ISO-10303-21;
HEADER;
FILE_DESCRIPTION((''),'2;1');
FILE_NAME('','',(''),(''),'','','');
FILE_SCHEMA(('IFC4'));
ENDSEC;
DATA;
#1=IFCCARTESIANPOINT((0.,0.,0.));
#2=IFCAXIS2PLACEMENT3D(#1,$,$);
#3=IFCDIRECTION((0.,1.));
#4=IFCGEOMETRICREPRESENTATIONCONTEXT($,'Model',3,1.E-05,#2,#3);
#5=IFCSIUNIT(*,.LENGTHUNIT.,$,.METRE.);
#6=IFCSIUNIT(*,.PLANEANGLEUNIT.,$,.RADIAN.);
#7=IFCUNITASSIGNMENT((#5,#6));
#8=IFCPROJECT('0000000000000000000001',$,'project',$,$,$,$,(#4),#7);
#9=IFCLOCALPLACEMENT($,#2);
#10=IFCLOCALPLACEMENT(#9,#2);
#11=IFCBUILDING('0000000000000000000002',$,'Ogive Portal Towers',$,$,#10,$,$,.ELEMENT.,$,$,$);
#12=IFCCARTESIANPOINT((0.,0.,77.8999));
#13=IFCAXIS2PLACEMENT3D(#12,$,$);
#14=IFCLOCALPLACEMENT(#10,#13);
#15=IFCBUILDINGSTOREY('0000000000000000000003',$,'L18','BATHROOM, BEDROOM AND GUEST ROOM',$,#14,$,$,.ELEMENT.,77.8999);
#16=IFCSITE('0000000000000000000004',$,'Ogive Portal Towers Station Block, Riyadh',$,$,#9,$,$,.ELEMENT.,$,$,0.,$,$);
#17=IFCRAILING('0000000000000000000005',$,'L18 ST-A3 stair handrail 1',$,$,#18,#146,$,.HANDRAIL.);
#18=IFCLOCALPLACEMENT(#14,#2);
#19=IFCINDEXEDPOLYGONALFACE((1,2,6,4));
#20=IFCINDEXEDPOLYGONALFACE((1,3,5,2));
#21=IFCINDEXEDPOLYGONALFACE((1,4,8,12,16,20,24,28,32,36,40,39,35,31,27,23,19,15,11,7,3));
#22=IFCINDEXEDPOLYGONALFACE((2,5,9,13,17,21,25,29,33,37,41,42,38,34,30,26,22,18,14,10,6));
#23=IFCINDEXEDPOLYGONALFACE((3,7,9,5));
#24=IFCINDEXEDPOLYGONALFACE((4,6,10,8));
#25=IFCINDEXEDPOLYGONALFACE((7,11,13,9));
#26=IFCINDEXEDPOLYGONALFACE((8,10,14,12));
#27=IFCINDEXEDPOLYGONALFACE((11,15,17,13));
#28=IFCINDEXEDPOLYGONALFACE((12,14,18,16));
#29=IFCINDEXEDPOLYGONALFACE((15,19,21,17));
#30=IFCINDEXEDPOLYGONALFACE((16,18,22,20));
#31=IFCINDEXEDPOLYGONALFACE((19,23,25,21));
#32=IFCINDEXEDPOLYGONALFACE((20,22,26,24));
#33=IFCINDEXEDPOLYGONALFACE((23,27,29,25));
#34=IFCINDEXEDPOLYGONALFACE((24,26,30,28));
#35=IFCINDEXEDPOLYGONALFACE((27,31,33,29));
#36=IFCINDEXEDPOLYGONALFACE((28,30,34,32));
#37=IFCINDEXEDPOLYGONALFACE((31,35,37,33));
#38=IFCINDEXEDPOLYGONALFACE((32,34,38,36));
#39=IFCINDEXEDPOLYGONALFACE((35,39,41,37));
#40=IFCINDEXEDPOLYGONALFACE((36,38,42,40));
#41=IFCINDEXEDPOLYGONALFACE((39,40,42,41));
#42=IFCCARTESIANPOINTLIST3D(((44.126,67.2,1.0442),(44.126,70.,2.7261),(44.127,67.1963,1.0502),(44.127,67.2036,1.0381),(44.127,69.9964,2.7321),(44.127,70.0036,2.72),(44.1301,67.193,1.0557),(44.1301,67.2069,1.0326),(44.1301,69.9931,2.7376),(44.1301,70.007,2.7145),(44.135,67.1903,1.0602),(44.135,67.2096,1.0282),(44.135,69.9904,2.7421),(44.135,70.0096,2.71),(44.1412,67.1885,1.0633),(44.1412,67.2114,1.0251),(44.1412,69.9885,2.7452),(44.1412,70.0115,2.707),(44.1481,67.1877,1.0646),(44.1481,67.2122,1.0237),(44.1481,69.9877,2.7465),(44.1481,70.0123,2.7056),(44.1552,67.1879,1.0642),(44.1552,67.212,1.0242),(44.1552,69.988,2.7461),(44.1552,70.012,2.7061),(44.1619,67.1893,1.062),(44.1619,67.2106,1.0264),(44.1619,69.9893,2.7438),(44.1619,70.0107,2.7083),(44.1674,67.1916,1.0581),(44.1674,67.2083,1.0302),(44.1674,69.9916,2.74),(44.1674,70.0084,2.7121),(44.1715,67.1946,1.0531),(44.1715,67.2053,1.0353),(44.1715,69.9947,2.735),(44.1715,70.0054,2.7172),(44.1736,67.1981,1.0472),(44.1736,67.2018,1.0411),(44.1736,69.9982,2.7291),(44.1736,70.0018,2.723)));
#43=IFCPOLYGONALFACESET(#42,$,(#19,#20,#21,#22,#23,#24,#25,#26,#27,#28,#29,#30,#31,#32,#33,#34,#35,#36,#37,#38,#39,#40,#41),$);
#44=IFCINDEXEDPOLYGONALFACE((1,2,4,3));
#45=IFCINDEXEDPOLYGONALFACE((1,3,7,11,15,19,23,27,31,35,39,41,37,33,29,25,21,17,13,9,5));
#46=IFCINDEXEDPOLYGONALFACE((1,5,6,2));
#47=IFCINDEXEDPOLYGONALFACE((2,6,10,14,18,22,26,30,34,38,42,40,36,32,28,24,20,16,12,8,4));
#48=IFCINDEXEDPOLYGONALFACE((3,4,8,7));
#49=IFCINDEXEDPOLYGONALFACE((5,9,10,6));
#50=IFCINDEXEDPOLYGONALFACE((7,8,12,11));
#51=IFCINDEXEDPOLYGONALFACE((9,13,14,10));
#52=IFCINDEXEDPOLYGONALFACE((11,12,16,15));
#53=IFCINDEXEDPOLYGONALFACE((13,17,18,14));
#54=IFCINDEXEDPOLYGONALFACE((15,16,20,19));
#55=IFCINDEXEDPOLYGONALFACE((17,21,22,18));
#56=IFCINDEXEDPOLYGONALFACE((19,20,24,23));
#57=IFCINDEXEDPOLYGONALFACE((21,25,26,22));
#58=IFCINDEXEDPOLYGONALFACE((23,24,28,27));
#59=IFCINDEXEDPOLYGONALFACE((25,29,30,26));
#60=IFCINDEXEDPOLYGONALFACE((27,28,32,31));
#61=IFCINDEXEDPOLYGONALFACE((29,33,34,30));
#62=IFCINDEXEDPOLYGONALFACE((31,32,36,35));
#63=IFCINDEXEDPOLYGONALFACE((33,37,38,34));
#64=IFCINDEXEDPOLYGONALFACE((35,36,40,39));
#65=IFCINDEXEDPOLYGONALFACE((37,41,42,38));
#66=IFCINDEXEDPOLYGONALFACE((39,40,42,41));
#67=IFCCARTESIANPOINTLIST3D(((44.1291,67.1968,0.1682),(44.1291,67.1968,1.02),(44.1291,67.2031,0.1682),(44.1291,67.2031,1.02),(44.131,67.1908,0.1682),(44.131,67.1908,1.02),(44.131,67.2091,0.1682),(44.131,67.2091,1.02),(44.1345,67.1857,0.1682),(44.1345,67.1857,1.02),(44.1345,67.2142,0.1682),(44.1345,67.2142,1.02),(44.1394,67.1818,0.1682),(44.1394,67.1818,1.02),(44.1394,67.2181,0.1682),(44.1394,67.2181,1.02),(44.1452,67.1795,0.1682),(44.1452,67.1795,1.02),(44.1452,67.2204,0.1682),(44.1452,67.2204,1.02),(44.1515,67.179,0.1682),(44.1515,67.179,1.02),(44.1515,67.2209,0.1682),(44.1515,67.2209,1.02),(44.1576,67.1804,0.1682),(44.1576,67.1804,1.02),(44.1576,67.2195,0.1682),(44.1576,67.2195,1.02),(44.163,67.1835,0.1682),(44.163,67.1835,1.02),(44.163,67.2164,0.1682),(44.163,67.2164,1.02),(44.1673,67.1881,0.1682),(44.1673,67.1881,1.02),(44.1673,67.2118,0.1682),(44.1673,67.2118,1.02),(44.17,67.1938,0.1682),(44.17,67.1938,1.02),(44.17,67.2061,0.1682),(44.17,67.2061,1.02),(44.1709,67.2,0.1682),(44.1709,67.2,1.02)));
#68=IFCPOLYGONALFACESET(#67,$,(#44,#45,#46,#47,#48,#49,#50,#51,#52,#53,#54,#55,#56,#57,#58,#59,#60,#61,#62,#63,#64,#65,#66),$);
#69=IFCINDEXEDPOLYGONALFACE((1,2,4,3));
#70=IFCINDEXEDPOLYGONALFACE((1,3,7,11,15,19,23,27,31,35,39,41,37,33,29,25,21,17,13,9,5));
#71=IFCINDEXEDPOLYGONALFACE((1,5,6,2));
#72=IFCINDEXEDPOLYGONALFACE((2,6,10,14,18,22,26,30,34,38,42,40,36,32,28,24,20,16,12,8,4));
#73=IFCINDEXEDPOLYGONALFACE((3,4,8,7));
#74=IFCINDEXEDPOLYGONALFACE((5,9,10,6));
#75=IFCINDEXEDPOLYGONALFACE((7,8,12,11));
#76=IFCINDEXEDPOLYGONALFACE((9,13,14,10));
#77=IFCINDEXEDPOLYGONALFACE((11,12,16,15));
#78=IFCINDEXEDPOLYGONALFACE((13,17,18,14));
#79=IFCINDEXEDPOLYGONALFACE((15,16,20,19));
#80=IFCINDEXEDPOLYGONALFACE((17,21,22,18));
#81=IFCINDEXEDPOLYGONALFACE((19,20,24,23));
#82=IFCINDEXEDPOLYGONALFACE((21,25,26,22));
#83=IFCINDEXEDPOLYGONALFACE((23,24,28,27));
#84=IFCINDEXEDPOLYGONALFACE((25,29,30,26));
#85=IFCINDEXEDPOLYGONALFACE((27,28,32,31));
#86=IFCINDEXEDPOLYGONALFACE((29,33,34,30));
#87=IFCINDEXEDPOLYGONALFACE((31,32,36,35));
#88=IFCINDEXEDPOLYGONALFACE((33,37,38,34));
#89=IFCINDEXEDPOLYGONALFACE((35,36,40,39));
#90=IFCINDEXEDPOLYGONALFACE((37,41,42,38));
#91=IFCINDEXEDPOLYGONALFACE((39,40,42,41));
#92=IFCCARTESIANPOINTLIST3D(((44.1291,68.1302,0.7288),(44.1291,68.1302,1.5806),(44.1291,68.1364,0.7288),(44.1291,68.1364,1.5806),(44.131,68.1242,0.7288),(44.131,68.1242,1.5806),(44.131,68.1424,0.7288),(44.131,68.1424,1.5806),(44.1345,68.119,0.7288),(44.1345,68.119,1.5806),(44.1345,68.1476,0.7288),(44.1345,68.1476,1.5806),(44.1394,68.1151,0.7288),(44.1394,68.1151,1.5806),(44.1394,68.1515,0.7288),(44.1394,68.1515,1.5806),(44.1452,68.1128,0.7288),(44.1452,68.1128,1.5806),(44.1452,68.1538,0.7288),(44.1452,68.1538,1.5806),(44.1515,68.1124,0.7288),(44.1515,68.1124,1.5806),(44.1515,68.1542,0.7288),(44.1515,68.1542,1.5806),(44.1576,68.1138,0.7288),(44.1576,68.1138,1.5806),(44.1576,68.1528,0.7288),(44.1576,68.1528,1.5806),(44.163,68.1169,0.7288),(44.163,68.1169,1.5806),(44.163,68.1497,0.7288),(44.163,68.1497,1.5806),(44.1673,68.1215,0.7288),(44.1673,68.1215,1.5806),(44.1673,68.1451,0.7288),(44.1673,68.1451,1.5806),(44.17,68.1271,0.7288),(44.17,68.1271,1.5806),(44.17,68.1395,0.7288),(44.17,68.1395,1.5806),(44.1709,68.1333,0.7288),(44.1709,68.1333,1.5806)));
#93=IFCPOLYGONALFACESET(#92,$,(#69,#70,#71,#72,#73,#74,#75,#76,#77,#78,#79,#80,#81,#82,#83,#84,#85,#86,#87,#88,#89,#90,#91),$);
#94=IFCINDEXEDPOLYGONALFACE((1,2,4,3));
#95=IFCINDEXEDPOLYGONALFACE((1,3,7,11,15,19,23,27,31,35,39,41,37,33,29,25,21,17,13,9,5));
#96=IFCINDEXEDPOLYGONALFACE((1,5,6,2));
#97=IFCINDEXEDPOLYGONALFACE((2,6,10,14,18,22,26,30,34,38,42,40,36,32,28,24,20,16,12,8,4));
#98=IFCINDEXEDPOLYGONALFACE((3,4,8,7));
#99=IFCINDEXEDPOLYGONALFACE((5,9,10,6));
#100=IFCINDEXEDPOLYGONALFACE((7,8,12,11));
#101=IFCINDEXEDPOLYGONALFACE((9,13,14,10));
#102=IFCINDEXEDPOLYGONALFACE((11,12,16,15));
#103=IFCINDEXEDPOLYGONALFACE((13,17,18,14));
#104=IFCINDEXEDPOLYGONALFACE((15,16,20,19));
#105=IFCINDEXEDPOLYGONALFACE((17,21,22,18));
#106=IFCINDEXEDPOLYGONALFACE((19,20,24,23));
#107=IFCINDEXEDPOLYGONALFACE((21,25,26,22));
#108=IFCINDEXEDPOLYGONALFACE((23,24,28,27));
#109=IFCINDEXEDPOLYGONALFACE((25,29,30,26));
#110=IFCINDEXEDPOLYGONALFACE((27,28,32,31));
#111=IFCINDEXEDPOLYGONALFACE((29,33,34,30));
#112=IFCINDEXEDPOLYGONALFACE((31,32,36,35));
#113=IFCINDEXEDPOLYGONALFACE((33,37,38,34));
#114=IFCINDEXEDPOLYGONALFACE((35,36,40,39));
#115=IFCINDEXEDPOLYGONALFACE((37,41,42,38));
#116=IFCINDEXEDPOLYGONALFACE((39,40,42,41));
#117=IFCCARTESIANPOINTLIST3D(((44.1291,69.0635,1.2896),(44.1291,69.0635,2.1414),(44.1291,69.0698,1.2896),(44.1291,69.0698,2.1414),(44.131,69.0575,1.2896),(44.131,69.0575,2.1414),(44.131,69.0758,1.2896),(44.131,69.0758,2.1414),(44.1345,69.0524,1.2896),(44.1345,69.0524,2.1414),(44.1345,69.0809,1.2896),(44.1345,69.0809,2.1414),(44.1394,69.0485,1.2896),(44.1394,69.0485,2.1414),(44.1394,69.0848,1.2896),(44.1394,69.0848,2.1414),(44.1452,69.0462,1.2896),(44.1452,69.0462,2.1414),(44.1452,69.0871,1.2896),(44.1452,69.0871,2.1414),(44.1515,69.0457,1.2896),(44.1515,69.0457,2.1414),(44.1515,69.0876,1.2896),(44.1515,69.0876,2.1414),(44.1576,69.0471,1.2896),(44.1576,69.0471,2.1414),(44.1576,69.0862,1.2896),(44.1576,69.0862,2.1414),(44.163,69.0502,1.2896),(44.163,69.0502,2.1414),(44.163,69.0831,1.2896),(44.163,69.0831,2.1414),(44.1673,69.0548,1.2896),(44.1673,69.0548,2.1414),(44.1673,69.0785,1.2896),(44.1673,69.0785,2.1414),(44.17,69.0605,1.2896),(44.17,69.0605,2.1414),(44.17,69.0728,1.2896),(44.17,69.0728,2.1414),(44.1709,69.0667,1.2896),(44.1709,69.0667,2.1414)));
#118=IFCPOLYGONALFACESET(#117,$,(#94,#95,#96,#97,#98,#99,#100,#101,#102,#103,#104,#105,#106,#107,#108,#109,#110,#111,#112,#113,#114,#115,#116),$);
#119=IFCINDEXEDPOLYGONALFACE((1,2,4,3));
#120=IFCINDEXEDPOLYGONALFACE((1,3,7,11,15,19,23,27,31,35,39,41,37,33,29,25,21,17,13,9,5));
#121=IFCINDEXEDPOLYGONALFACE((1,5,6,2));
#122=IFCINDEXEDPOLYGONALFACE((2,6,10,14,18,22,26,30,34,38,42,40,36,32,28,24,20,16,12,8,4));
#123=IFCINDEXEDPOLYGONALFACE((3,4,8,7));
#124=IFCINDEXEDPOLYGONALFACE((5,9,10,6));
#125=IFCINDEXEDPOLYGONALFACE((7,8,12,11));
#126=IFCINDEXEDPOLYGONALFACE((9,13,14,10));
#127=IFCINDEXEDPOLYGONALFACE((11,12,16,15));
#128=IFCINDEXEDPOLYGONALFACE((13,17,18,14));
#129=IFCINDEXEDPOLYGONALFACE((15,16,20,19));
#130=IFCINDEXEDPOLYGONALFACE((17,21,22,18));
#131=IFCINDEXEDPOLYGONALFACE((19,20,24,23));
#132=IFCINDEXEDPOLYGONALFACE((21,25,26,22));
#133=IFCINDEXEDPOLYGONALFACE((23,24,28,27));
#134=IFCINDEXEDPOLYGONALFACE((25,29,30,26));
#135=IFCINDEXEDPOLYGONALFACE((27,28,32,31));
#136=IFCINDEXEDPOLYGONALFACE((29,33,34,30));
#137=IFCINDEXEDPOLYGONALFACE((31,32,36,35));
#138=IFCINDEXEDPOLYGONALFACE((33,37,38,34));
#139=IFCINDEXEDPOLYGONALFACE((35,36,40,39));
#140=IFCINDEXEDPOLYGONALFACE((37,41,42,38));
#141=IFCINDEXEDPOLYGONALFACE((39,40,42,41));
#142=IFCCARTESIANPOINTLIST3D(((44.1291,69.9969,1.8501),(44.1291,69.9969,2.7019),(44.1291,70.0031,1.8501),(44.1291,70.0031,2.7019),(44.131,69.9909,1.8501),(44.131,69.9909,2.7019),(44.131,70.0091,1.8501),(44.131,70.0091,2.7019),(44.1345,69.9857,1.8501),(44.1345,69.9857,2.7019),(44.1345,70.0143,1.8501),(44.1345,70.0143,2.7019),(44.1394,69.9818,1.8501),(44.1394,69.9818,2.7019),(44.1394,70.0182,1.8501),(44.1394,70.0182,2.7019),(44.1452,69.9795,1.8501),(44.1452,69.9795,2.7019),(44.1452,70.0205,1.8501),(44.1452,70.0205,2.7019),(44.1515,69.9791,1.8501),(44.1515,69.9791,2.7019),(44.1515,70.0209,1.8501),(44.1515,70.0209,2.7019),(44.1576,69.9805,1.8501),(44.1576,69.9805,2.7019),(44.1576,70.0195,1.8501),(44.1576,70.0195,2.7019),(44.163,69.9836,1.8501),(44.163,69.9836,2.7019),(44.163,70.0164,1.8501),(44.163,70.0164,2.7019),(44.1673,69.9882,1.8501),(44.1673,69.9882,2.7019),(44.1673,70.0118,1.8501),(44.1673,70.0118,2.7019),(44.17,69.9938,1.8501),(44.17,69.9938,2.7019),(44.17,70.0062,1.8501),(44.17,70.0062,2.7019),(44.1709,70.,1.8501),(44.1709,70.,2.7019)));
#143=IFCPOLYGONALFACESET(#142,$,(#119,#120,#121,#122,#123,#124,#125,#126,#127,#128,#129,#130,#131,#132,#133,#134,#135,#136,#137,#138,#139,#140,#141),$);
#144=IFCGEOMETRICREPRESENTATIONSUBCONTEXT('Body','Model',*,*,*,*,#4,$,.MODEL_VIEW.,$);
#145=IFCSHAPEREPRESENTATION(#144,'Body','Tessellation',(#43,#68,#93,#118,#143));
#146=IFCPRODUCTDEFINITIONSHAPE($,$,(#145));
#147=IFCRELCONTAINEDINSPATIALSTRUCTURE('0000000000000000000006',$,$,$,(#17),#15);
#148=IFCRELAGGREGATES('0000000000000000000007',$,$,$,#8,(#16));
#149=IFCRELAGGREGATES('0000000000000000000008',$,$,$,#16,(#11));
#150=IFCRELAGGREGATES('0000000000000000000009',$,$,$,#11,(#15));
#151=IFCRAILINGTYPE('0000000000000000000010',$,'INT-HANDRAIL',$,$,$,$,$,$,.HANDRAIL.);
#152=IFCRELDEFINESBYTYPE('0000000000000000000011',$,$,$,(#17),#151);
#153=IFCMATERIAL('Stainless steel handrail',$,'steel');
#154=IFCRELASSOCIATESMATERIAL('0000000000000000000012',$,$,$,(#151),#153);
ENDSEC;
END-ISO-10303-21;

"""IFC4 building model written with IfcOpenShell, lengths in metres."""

from ifc_helpers import new_model, si_unit, direction, frame, origin, origin_2d, place, context, subcontext, project, spatial, circle, extrude, material, type_object, element, save


model = new_model("IFC4")

# Units and contexts
model_context = context("Model", 3, precision=1e-05, world=origin(), true_north=direction((0.0, 1.0)))
body_context = subcontext(model_context, "Body", "Model", "MODEL_VIEW")
ifc_project = project(units=[si_unit("LENGTHUNIT", "METRE"), si_unit("PLANEANGLEUNIT", "RADIAN")], contexts=[model_context])

# Site, building, storey
site_placement = place(None, origin())
site = spatial("IfcSite", under=ifc_project, at=site_placement, Name="Ogive Portal Towers Station Block, Riyadh", CompositionType="ELEMENT", RefElevation=0.0)
building_placement = place(site_placement, origin())
building = spatial("IfcBuilding", under=site, at=building_placement, Name="Ogive Portal Towers", CompositionType="ELEMENT")
storey_placement = place(building_placement, frame((0.0, 0.0, 77.8999)))
storey = spatial("IfcBuildingStorey", under=building, at=storey_placement, Name="L18", Description="BATHROOM, BEDROOM AND GUEST ROOM", CompositionType="ELEMENT", Elevation=77.8999)

# Railing
ifc_material_1 = material(Name="Stainless steel handrail", Category="steel")
railing_type_1 = type_object("IfcRailingType", Name="INT-HANDRAIL", PredefinedType="HANDRAIL", material=ifc_material_1)
railing_1_placement = place(storey_placement, frame((44.1499, 67.2, 0.1682)))
element("IfcRailing", 1, at=railing_1_placement, inside=storey, type_object=railing_type_1, Name="L18 ST-A3 stair handrail 1", PredefinedType="HANDRAIL", context=body_context, shape_type="SweptSolid", body=[
    extrude(circle(Radius=0.0239, at=origin_2d()), frame((0.0, 0.0, 0.876), z_axis=(0.0, 0.857242, 0.514913), x_axis=(-1.0, 0.0, 0.0)), (0.0, 0.0, 1.0), 3.2664),
    extrude(circle(Radius=0.021, at=origin_2d()), origin(), (0.0, 0.0, 1.0), 0.8518),
    extrude(circle(Radius=0.021, at=origin_2d()), frame((0.0, 0.9333, 0.5605)), (0.0, 0.0, 1.0), 0.8518),
    extrude(circle(Radius=0.021, at=origin_2d()), frame((0.0, 1.8667, 1.1213)), (0.0, 0.0, 1.0), 0.8518),
    extrude(circle(Radius=0.021, at=origin_2d()), frame((0.0, 2.8, 1.6819)), (0.0, 0.0, 1.0), 0.8518),
])

save(model, "model.ifc")
